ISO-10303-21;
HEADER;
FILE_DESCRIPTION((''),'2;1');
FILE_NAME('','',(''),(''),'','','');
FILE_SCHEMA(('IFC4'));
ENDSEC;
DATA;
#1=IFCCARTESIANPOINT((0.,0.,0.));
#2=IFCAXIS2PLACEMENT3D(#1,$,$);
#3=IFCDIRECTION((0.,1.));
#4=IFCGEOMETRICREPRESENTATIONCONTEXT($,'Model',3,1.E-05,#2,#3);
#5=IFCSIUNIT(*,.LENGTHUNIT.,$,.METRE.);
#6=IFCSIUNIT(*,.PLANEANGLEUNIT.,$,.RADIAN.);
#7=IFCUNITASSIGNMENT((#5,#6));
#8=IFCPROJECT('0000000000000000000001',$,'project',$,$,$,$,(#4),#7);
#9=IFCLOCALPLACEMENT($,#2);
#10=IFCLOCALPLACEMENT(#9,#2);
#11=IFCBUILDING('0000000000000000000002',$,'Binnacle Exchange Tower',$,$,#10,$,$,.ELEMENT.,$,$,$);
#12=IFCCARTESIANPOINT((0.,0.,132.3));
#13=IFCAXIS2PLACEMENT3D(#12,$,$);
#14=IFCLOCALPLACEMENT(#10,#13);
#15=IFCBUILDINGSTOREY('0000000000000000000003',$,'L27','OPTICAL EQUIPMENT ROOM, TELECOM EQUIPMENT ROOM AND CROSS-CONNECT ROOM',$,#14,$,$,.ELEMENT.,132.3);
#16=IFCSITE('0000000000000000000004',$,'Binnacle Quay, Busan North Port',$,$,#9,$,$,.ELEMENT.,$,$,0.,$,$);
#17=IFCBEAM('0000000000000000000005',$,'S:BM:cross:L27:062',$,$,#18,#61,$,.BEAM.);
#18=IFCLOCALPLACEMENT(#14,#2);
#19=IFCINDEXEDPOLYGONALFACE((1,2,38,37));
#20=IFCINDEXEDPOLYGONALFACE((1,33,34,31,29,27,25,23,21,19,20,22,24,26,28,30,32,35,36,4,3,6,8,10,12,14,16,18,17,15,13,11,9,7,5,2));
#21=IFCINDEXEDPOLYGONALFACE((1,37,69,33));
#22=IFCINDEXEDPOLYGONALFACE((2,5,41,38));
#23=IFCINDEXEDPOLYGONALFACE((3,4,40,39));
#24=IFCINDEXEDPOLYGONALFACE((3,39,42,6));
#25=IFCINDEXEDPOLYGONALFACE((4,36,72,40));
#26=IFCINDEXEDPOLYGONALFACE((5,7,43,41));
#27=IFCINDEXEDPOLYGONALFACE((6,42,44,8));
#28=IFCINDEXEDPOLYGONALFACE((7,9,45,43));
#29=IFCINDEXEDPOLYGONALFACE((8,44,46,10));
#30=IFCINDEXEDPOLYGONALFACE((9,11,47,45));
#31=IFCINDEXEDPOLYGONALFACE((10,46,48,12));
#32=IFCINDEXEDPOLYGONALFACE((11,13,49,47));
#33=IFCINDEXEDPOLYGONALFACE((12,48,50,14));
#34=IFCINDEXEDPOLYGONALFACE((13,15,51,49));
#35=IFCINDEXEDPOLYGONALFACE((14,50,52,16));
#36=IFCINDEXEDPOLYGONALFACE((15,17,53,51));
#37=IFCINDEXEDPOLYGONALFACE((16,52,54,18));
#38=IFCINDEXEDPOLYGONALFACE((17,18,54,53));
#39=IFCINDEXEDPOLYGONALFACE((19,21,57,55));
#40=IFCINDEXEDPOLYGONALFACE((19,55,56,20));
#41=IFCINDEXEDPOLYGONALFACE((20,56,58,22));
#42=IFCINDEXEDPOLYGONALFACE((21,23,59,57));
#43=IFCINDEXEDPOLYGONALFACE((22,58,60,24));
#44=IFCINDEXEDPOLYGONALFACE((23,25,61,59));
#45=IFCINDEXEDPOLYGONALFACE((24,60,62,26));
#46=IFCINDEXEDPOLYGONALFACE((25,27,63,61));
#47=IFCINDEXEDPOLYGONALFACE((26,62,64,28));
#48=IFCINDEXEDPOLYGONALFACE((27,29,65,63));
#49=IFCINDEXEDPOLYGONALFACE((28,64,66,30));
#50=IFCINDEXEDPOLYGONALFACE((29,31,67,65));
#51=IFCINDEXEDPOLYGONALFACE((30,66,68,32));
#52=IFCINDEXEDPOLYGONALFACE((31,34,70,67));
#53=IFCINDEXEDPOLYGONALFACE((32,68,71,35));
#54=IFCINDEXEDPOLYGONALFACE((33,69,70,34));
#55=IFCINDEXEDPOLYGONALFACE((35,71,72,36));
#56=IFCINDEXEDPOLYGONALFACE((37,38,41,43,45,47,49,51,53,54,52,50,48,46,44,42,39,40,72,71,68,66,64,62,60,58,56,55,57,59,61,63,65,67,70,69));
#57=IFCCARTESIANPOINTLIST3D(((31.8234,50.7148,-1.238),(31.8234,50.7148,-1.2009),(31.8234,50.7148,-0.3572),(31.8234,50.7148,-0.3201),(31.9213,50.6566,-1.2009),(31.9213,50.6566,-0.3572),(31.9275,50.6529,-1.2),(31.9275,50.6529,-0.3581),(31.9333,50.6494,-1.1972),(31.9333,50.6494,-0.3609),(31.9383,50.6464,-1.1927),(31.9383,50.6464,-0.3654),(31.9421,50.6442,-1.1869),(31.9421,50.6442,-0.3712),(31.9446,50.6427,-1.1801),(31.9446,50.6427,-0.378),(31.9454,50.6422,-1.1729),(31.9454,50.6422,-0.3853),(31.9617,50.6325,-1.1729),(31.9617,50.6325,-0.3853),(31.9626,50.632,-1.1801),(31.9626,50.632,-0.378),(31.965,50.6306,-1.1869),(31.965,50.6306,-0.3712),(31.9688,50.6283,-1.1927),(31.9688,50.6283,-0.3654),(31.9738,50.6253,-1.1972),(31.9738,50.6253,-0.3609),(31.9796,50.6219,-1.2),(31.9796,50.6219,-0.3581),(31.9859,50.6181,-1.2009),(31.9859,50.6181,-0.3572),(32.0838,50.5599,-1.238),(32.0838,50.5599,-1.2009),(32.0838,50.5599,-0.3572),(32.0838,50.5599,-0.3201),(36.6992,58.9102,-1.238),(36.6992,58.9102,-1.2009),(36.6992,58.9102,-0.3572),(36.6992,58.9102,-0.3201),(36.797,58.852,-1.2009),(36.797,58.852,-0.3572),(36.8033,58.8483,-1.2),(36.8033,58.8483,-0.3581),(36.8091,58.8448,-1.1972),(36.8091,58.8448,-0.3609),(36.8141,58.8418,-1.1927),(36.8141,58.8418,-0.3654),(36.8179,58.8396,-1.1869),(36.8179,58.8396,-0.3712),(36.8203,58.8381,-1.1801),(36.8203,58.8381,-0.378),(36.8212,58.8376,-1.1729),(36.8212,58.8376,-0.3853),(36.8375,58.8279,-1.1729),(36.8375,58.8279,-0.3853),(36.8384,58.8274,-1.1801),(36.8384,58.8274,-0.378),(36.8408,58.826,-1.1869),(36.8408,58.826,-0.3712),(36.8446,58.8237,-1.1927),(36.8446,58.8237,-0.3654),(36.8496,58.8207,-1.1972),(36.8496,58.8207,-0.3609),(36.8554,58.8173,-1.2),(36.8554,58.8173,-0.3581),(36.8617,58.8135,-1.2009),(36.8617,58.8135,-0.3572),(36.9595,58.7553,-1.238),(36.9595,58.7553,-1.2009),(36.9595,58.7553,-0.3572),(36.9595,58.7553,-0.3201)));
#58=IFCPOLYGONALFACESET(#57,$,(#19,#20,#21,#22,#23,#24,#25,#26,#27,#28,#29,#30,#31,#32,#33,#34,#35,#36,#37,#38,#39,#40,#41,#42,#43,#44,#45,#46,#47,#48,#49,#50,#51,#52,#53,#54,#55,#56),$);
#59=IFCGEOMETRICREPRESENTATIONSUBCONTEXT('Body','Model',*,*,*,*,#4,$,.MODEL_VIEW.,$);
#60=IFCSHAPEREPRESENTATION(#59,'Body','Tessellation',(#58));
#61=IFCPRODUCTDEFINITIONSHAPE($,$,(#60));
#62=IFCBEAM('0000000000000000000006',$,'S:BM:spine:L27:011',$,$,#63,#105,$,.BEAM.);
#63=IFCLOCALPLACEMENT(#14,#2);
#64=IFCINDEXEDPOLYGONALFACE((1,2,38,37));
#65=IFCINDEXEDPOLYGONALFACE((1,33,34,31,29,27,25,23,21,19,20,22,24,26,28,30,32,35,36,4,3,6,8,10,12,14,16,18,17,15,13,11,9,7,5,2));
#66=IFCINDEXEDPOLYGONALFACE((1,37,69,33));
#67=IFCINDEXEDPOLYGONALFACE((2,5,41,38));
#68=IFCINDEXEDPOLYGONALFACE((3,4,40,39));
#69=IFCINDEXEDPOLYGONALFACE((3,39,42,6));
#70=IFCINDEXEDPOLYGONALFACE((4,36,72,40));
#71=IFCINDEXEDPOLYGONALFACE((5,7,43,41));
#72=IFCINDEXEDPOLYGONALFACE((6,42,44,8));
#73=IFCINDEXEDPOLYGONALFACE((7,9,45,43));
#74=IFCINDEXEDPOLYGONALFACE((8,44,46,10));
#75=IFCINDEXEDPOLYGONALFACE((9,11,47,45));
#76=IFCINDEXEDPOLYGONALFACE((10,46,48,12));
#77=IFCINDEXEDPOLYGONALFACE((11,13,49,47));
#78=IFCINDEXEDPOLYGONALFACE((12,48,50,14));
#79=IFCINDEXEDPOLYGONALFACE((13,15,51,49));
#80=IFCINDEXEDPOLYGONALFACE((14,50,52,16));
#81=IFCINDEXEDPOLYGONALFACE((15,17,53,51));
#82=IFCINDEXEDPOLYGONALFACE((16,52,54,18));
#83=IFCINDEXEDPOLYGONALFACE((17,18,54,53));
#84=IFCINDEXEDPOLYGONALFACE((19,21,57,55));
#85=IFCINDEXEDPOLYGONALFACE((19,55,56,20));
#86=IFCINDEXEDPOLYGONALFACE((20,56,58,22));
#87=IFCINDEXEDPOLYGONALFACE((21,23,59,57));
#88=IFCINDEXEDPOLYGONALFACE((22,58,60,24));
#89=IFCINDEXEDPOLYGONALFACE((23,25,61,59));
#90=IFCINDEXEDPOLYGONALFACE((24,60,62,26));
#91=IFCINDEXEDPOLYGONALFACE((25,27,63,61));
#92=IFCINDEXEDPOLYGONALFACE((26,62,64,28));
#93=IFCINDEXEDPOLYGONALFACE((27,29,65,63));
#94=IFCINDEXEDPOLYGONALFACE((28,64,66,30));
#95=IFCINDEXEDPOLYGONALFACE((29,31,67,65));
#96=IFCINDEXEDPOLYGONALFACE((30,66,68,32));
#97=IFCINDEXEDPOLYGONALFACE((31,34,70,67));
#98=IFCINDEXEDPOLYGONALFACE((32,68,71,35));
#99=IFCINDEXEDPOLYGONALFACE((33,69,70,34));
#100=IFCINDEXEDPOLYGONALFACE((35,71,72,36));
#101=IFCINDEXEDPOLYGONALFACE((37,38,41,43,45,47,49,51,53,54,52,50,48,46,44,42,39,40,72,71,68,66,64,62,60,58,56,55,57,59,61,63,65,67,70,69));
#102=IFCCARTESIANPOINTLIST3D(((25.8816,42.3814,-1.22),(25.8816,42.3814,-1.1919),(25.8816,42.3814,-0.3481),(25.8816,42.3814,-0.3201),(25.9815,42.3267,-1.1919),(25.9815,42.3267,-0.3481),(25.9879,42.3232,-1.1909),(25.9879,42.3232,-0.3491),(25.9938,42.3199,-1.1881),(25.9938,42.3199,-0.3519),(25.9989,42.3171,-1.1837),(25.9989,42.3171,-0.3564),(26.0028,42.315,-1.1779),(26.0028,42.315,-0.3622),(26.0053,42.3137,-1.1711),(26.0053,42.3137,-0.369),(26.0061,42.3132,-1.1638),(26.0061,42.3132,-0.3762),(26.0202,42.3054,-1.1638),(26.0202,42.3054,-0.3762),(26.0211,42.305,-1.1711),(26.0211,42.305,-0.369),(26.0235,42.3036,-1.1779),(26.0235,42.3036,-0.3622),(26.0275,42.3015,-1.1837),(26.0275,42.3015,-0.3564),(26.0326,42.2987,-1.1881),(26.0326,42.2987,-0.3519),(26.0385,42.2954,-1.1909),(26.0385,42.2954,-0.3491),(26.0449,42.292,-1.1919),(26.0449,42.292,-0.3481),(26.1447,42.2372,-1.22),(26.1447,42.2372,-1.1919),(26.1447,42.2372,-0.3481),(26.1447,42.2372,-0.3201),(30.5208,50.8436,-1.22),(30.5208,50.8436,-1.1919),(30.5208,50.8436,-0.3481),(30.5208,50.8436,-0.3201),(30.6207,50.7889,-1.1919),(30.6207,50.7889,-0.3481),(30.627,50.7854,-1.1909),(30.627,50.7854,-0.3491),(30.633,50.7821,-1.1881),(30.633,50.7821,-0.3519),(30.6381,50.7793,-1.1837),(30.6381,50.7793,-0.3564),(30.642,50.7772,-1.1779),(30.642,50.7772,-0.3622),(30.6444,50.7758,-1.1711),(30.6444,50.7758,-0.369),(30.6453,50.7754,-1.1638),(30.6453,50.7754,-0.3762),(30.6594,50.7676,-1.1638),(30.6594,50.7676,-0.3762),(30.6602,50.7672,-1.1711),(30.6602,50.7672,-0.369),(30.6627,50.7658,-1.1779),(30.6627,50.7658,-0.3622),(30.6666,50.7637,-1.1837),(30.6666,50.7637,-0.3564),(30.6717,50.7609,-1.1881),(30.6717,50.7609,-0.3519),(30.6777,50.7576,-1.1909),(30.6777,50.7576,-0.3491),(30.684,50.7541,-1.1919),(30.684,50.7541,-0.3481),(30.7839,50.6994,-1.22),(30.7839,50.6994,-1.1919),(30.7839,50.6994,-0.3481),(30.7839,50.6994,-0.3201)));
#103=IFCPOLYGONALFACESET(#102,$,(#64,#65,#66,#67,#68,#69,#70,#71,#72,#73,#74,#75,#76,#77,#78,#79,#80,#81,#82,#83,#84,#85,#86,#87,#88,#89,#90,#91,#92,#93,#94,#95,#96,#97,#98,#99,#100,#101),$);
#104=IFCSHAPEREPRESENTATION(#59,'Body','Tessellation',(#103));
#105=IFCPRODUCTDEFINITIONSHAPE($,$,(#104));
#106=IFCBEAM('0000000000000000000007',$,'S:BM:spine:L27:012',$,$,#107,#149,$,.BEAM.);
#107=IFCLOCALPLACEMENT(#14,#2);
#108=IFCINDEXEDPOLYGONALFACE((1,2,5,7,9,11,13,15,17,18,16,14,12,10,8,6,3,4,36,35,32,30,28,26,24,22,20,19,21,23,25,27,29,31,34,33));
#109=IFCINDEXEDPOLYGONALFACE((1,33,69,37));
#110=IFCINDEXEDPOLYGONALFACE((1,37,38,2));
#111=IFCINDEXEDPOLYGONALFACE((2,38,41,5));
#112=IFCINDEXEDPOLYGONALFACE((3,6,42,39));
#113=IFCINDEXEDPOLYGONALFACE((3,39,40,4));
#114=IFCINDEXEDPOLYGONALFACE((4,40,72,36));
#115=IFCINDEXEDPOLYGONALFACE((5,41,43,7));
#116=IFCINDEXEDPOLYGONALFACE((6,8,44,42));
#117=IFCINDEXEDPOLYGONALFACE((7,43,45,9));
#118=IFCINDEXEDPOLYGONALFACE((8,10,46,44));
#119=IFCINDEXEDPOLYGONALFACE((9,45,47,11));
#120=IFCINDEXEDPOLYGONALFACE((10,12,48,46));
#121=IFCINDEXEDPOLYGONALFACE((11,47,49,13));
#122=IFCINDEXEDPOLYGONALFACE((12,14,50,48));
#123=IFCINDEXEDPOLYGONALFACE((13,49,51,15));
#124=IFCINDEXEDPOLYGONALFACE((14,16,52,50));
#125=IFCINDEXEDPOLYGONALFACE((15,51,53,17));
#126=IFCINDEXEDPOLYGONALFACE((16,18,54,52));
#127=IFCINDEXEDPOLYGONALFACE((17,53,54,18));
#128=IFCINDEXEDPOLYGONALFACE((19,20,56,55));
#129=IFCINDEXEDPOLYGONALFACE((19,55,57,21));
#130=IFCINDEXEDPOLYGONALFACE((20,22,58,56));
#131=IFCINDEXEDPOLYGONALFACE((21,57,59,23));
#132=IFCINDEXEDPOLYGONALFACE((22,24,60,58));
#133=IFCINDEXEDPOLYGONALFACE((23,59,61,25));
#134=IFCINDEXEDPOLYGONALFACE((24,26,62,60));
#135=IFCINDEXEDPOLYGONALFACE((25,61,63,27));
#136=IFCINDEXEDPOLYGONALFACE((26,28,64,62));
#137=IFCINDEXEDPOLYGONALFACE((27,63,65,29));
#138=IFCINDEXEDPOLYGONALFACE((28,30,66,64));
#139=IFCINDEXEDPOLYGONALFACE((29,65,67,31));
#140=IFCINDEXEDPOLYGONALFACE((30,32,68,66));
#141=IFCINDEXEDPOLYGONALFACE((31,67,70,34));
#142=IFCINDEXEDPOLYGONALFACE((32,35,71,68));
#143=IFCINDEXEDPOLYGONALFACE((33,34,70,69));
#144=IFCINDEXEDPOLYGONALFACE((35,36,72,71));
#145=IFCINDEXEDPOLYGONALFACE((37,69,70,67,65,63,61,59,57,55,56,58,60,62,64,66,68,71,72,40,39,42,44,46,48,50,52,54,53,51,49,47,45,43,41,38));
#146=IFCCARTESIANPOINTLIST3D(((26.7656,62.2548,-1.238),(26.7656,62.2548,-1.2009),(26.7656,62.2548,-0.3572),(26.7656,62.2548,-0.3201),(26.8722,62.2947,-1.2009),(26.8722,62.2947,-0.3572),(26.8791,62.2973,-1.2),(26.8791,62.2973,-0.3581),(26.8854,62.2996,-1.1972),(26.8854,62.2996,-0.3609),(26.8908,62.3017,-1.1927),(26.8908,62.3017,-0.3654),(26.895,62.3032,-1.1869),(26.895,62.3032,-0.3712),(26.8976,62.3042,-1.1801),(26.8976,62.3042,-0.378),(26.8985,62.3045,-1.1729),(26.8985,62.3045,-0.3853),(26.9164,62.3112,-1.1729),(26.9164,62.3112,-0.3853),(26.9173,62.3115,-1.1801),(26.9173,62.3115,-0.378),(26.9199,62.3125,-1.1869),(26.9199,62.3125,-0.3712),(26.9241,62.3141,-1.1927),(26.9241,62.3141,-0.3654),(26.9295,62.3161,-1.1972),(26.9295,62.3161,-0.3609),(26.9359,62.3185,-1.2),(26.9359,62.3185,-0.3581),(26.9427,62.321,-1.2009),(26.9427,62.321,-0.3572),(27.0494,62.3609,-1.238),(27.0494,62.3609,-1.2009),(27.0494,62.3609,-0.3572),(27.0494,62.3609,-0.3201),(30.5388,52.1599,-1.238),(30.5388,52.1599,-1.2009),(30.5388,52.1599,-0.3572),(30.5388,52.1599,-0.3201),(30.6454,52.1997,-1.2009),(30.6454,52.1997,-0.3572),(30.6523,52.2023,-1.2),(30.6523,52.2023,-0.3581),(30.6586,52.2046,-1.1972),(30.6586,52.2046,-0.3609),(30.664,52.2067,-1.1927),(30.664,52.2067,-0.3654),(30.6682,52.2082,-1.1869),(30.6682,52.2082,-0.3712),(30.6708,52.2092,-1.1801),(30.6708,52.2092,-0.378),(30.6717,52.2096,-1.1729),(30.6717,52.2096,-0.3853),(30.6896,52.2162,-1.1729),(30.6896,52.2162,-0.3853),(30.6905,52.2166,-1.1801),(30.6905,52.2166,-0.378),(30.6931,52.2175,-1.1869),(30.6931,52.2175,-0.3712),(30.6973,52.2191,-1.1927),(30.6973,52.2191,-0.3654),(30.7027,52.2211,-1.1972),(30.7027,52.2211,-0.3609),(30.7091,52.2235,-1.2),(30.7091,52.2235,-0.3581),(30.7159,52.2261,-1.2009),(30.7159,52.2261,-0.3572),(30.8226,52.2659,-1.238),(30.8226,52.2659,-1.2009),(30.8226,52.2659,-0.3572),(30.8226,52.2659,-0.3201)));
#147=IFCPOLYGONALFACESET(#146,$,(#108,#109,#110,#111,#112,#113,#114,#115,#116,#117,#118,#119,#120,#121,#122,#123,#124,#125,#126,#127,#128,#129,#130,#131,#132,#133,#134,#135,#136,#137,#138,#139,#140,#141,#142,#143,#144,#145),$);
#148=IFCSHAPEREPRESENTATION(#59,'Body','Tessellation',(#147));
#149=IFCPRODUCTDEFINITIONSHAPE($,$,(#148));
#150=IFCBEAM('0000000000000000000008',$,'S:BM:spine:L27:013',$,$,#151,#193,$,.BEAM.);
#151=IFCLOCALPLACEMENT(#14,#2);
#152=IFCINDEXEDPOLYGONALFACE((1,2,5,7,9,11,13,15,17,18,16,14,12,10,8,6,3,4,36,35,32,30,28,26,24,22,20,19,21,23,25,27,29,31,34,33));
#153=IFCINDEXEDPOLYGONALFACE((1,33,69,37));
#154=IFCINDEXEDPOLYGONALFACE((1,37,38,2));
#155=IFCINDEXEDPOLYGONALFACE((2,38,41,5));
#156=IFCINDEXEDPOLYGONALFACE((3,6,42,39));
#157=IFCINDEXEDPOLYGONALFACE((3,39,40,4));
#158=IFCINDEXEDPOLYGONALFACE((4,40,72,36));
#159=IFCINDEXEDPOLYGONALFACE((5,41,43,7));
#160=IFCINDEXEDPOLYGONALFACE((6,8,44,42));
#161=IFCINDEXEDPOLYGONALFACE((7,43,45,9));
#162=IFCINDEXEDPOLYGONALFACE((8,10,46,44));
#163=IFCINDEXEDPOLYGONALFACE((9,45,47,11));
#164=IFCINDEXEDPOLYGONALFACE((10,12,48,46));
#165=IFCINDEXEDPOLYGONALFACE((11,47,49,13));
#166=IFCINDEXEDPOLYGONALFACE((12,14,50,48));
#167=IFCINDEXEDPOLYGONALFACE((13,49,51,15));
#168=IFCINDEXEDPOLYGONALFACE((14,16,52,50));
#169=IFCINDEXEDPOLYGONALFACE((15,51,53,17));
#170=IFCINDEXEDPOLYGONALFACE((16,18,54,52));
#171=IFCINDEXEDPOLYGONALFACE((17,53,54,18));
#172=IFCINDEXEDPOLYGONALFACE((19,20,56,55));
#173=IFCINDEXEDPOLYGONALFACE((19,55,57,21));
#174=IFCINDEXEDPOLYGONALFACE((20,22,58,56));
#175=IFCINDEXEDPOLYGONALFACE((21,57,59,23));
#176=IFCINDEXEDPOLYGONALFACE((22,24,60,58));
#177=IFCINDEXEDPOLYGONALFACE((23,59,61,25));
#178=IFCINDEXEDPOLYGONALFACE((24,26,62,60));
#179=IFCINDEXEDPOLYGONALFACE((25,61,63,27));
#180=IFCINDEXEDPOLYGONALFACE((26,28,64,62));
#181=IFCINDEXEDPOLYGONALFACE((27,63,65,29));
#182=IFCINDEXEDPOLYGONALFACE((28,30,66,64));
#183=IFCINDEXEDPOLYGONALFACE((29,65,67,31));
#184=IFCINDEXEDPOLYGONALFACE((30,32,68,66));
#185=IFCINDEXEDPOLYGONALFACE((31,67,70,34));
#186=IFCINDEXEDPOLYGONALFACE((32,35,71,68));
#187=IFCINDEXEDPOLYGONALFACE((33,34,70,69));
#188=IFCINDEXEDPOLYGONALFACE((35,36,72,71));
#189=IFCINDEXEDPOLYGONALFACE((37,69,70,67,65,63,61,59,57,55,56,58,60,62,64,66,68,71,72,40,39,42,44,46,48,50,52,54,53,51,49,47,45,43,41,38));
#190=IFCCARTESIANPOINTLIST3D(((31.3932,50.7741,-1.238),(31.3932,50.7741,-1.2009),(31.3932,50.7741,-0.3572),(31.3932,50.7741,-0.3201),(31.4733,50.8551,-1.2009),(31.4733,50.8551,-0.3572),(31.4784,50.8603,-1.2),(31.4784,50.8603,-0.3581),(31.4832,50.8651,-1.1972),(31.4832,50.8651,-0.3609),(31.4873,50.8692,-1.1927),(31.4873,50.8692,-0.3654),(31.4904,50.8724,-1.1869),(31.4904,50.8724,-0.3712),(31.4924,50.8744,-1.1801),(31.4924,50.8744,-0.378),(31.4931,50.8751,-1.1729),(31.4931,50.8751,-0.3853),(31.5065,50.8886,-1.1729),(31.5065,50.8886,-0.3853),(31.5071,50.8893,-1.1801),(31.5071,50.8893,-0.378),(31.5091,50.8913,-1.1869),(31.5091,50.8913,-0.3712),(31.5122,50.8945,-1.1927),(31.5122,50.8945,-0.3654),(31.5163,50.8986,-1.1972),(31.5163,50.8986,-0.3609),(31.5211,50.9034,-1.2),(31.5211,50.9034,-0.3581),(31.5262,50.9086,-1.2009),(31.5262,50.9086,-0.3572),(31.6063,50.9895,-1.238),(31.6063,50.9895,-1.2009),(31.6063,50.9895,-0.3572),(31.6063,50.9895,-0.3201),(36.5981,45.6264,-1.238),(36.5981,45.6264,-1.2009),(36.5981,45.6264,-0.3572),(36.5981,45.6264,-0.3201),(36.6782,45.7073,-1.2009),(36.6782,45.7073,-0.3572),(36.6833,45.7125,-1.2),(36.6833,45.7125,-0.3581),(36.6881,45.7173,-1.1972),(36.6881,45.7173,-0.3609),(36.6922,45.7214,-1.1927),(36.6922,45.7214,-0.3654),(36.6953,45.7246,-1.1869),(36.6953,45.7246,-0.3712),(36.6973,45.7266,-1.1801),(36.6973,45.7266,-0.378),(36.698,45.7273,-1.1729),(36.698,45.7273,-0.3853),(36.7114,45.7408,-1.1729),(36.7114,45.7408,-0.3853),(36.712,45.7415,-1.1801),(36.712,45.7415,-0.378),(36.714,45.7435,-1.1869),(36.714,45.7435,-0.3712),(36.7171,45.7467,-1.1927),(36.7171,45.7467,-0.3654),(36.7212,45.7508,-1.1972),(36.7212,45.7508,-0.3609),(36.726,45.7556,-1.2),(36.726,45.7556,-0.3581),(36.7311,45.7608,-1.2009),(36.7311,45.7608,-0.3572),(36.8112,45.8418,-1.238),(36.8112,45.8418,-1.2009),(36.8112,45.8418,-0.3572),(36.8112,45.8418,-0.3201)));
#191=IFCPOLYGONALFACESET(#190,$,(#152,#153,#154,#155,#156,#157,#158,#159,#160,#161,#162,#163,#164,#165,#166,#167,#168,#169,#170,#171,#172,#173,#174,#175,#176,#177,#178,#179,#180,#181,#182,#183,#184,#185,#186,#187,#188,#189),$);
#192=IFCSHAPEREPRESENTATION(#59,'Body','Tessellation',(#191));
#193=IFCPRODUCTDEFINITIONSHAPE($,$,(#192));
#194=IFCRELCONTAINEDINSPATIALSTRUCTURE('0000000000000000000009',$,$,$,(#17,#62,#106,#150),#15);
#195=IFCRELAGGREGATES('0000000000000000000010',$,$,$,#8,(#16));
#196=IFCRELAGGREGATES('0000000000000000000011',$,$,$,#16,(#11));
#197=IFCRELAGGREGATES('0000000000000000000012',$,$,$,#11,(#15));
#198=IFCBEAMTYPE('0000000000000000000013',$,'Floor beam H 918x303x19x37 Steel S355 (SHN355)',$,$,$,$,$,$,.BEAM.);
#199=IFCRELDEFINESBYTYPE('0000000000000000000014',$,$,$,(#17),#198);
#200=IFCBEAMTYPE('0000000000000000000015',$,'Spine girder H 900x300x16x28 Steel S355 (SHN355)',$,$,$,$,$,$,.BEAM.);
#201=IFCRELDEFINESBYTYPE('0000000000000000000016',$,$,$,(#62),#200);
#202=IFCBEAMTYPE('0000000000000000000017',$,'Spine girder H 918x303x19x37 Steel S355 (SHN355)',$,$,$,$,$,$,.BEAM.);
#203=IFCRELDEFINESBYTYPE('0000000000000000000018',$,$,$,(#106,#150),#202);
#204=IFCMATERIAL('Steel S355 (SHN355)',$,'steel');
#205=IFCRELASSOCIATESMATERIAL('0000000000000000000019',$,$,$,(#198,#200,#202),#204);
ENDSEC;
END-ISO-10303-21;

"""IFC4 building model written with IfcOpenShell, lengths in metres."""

from ifc_helpers import new_model, si_unit, direction, frame, origin, origin_2d, place, context, subcontext, project, spatial, i_section, extrude, material, material_profile, profile_set, type_object, element, save


model = new_model("IFC4")

# Units and contexts
model_context = context("Model", 3, precision=1e-05, world=origin(), true_north=direction((0.0, 1.0)))
body_context = subcontext(model_context, "Body", "Model", "MODEL_VIEW")
ifc_project = project(units=[si_unit("LENGTHUNIT", "METRE"), si_unit("PLANEANGLEUNIT", "RADIAN")], contexts=[model_context])

# Site, building, storey
site_placement = place(None, origin())
site = spatial("IfcSite", under=ifc_project, at=site_placement, Name="Binnacle Quay, Busan North Port", CompositionType="ELEMENT", RefElevation=0.0)
building_placement = place(site_placement, origin())
building = spatial("IfcBuilding", under=site, at=building_placement, Name="Binnacle Exchange Tower", CompositionType="ELEMENT")
storey_placement = place(building_placement, frame((0.0, 0.0, 132.3)))
storey = spatial("IfcBuildingStorey", under=building, at=storey_placement, Name="L27", Description="OPTICAL EQUIPMENT ROOM, TELECOM EQUIPMENT ROOM AND CROSS-CONNECT ROOM", CompositionType="ELEMENT", Elevation=132.3)

# Beams
ifc_material_1 = material(Name="Steel S355 (SHN355)", Category="steel")
ifc_material_profile_1 = material_profile(ifc_material_1, i_section(OverallWidth=0.303, OverallDepth=0.918, WebThickness=0.019, FlangeThickness=0.0371, FilletRadius=0.0281, at=origin_2d()), Name="H 918x303x19x37")
ifc_profile_set_1 = profile_set([ifc_material_profile_1], Name="Steel S355 (SHN355)")
beam_type_1 = type_object("IfcBeamType", Name="Floor beam H 918x303x19x37 Steel S355 (SHN355)", PredefinedType="BEAM", material=ifc_profile_set_1)
beam_1_placement = place(storey_placement, frame((36.8293, 58.8328, -0.7791), z_axis=(-0.511296, -0.859405, 0.0), x_axis=(0.859405, -0.511296, 0.0)))
element("IfcBeam", 1, at=beam_1_placement, inside=storey, type_object=beam_type_1, Name="S:BM:cross:L27:062", PredefinedType="BEAM", context=body_context, shape_type="SweptSolid", body=[
    extrude(i_section(OverallWidth=0.303, OverallDepth=0.918, WebThickness=0.019, FlangeThickness=0.0371, FilletRadius=0.0281, at=origin_2d()), origin(), (0.0, 0.0, 1.0), 9.5361),
])
ifc_material_profile_2 = material_profile(ifc_material_1, i_section(OverallWidth=0.3, OverallDepth=0.8999, WebThickness=0.0161, FlangeThickness=0.0281, FilletRadius=0.0281, at=origin_2d()), Name="H 900x300x16x28")
ifc_profile_set_2 = profile_set([ifc_material_profile_2], Name="Steel S355 (SHN355)")
beam_type_2 = type_object("IfcBeamType", Name="Spine girder H 900x300x16x28 Steel S355 (SHN355)", PredefinedType="BEAM", material=ifc_profile_set_2)
beam_2_placement = place(storey_placement, frame((30.6523, 50.7715, -0.77), z_axis=(-0.480723, -0.876873, 0.0), x_axis=(0.876873, -0.480723, 0.0)))
element("IfcBeam", 2, at=beam_2_placement, inside=storey, type_object=beam_type_2, Name="S:BM:spine:L27:011", PredefinedType="BEAM", context=body_context, shape_type="SweptSolid", body=[
    extrude(i_section(OverallWidth=0.3, OverallDepth=0.8999, WebThickness=0.0161, FlangeThickness=0.0281, FilletRadius=0.0281, at=origin_2d()), origin(), (0.0, 0.0, 1.0), 9.6504),
])
ifc_material_profile_3 = material_profile(ifc_material_1, i_section(OverallWidth=0.303, OverallDepth=0.918, WebThickness=0.019, FlangeThickness=0.0371, FilletRadius=0.0281, at=origin_2d()), Name="H 918x303x19x37")
ifc_profile_set_3 = profile_set([ifc_material_profile_3], Name="Steel S355 (SHN355)")
beam_type_3 = type_object("IfcBeamType", Name="Spine girder H 918x303x19x37 Steel S355 (SHN355)", PredefinedType="BEAM", material=ifc_profile_set_3)
beam_3_placement = place(storey_placement, frame((30.6807, 52.2129, -0.7791), z_axis=(-0.350113, 0.936708, 0.0), x_axis=(-0.936708, -0.350113, 0.0)))
element("IfcBeam", 3, at=beam_3_placement, inside=storey, type_object=beam_type_3, Name="S:BM:spine:L27:012", PredefinedType="BEAM", context=body_context, shape_type="SweptSolid", body=[
    extrude(i_section(OverallWidth=0.303, OverallDepth=0.918, WebThickness=0.019, FlangeThickness=0.0371, FilletRadius=0.0281, at=origin_2d()), origin(), (0.0, 0.0, 1.0), 10.7771),
])
beam_4_placement = place(storey_placement, frame((31.4998, 50.8818, -0.7791), z_axis=(0.710998, -0.703194, 0.0), x_axis=(0.703194, 0.710998, 0.0)))
element("IfcBeam", 4, at=beam_4_placement, inside=storey, type_object=beam_type_3, Name="S:BM:spine:L27:013", PredefinedType="BEAM", context=body_context, shape_type="SweptSolid", body=[
    extrude(i_section(OverallWidth=0.303, OverallDepth=0.918, WebThickness=0.019, FlangeThickness=0.0371, FilletRadius=0.0281, at=origin_2d()), origin(), (0.0, 0.0, 1.0), 7.3206),
])

save(model, "model.ifc")
